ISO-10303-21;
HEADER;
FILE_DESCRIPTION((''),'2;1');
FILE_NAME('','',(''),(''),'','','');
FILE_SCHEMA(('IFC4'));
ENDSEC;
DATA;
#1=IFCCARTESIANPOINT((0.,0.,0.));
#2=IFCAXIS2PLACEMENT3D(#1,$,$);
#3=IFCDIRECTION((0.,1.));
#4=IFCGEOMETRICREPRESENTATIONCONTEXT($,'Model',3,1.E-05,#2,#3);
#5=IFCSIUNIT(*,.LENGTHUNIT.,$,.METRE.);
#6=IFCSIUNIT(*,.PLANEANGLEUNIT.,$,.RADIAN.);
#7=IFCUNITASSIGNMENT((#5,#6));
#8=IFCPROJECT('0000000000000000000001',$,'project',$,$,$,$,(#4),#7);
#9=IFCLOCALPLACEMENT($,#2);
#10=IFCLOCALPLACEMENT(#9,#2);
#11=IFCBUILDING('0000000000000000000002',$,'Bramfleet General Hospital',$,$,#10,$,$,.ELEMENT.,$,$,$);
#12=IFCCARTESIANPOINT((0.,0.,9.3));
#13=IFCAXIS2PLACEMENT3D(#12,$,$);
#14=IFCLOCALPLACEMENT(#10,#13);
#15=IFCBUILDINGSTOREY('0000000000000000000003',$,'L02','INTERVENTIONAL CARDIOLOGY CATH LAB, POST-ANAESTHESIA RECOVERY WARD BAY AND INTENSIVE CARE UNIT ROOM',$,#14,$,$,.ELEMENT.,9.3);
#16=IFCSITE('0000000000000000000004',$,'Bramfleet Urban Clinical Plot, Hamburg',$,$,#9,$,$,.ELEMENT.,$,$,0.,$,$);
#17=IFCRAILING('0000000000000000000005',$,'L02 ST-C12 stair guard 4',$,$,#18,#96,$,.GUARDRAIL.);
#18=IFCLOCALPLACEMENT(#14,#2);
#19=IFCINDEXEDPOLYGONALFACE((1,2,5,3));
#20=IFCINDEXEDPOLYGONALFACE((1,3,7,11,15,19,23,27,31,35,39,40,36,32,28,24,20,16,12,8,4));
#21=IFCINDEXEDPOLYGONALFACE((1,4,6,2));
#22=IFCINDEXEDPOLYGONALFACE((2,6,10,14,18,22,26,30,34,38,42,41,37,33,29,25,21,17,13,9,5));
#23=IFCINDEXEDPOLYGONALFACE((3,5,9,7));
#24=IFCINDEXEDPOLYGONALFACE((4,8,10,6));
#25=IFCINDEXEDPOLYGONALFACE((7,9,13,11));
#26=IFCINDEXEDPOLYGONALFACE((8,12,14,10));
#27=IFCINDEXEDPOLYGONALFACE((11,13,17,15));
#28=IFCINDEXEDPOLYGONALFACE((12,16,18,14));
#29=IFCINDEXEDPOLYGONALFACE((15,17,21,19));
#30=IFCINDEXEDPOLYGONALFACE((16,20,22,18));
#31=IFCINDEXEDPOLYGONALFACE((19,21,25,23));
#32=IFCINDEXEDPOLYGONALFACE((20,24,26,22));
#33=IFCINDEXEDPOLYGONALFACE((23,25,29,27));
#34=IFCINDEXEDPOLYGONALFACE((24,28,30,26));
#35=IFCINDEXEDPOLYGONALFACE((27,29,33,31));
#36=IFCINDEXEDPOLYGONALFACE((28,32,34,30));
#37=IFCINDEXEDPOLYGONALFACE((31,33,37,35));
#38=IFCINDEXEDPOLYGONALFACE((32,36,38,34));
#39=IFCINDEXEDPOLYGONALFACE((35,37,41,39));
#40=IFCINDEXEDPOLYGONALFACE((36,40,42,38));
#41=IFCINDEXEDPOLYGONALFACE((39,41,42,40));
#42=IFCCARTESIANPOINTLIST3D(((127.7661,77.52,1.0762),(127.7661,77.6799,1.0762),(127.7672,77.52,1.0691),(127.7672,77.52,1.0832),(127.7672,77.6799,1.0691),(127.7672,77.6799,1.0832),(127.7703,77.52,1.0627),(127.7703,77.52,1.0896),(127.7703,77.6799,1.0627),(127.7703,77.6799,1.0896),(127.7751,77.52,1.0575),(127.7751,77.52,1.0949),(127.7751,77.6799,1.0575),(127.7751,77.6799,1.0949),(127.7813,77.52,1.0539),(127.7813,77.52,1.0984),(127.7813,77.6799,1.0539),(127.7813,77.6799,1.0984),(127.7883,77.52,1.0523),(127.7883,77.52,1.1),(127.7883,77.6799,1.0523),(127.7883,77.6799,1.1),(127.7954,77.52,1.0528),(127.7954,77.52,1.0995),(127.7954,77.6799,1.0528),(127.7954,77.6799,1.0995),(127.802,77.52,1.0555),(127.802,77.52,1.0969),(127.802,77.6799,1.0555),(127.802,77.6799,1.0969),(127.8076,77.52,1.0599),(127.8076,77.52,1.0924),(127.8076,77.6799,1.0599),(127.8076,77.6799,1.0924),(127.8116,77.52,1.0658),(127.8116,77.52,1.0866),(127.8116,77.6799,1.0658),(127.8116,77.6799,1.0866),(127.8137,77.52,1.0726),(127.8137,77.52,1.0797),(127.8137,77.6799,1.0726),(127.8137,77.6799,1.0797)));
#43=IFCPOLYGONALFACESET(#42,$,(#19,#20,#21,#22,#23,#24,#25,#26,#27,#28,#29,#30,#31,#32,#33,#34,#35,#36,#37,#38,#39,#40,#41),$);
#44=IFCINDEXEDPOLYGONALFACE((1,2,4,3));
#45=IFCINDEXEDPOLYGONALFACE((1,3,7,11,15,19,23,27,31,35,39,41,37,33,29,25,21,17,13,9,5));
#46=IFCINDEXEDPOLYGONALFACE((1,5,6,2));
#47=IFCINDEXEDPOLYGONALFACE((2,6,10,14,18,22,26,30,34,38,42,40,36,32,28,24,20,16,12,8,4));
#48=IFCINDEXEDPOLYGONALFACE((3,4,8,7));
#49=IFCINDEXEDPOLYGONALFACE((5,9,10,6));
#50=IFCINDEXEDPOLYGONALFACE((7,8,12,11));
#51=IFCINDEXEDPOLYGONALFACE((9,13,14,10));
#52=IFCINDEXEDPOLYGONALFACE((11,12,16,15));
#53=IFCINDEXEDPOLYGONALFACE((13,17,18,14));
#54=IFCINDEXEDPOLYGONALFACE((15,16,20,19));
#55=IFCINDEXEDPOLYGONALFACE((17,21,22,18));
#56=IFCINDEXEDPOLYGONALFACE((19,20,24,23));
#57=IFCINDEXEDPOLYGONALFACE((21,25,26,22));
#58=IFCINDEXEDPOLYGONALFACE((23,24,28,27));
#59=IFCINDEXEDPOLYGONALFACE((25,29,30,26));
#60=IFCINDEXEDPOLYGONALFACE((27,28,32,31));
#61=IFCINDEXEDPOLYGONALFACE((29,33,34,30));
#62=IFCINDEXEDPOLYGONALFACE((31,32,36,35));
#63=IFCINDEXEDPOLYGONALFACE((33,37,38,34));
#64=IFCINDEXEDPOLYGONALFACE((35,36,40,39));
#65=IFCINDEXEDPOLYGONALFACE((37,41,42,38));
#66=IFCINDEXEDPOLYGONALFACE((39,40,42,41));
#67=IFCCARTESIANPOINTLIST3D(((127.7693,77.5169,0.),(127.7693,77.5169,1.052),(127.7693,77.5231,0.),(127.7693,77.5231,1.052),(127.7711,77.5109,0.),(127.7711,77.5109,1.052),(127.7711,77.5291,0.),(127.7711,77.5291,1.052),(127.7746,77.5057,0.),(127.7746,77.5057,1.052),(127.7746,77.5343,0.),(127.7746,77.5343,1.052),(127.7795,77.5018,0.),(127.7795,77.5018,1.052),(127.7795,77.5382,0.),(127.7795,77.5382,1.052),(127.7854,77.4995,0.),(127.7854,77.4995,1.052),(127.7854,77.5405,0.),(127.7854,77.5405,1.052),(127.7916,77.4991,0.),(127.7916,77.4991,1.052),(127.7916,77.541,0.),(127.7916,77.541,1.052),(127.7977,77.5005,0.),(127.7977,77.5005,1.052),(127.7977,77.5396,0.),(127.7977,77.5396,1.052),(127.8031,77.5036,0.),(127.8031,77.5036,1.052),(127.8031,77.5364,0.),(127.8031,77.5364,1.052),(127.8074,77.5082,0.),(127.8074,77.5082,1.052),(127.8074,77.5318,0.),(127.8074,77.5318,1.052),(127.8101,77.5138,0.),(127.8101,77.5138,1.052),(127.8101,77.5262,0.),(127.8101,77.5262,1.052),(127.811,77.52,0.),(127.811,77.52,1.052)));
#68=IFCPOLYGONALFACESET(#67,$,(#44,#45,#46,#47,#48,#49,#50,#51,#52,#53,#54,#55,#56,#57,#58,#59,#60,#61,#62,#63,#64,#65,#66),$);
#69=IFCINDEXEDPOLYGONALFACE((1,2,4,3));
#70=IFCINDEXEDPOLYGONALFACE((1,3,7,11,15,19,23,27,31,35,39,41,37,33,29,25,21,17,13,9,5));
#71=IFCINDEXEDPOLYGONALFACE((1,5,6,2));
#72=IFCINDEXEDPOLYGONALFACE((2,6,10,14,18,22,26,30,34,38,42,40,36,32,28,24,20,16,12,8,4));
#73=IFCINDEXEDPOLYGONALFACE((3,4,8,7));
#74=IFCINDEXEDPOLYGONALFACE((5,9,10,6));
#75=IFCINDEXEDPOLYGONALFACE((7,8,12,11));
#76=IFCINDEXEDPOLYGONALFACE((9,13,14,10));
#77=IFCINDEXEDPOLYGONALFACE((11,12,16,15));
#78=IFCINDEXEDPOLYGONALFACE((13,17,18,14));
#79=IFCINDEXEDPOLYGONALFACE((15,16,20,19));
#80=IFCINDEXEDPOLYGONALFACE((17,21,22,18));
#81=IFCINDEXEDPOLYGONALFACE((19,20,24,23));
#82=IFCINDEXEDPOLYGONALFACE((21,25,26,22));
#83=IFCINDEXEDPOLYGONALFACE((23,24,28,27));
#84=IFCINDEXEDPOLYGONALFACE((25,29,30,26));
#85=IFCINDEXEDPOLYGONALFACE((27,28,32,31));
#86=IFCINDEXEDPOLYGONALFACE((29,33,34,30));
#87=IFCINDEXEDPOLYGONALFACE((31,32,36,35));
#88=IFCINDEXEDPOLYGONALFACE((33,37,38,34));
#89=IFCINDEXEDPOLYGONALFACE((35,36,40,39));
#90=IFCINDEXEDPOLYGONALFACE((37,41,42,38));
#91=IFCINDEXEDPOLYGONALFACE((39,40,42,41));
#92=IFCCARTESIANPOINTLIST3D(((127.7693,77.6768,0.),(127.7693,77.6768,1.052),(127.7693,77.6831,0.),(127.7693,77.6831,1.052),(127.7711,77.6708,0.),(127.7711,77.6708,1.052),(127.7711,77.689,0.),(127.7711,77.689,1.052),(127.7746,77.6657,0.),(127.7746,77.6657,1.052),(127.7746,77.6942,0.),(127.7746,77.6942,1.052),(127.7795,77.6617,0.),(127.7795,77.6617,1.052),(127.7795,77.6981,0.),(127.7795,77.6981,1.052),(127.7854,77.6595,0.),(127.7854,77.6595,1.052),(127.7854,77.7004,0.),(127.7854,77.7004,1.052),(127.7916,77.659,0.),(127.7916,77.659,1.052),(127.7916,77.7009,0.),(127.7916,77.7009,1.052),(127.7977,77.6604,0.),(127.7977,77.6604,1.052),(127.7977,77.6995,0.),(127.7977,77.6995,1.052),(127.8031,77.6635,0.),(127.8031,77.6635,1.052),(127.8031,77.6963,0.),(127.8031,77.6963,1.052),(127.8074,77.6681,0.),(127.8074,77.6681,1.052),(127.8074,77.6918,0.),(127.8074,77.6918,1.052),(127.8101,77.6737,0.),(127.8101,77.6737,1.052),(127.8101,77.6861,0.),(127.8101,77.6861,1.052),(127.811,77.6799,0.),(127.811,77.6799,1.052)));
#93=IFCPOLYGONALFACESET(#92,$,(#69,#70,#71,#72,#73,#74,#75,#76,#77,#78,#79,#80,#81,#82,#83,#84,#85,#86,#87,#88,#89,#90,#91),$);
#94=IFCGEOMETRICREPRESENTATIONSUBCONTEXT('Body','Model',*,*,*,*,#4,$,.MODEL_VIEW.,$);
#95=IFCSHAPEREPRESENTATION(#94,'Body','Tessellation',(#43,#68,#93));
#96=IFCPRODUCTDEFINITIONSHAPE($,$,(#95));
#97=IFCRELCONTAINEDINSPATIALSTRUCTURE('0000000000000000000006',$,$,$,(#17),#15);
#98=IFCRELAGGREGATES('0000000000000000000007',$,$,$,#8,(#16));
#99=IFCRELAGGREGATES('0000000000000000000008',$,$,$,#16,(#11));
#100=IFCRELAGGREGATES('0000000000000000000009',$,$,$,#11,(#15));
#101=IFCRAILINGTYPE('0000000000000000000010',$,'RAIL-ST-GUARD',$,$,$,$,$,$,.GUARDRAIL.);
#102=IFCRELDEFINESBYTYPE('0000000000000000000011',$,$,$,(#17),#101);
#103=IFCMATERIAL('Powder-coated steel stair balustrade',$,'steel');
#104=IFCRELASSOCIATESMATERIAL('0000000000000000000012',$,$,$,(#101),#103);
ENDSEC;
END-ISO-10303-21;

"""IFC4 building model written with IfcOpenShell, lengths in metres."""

from ifc_helpers import new_model, si_unit, direction, frame, origin, origin_2d, place, context, subcontext, project, spatial, circle, extrude, material, type_object, element, save


model = new_model("IFC4")

# Units and contexts
model_context = context("Model", 3, precision=1e-05, world=origin(), true_north=direction((0.0, 1.0)))
body_context = subcontext(model_context, "Body", "Model", "MODEL_VIEW")
ifc_project = project(units=[si_unit("LENGTHUNIT", "METRE"), si_unit("PLANEANGLEUNIT", "RADIAN")], contexts=[model_context])

# Site, building, storey
site_placement = place(None, origin())
site = spatial("IfcSite", under=ifc_project, at=site_placement, Name="Bramfleet Urban Clinical Plot, Hamburg", CompositionType="ELEMENT", RefElevation=0.0)
building_placement = place(site_placement, origin())
building = spatial("IfcBuilding", under=site, at=building_placement, Name="Bramfleet General Hospital", CompositionType="ELEMENT")
storey_placement = place(building_placement, frame((0.0, 0.0, 9.3)))
storey = spatial("IfcBuildingStorey", under=building, at=storey_placement, Name="L02", Description="INTERVENTIONAL CARDIOLOGY CATH LAB, POST-ANAESTHESIA RECOVERY WARD BAY AND INTENSIVE CARE UNIT ROOM", CompositionType="ELEMENT", Elevation=9.3)

# Railing
ifc_material_1 = material(Name="Powder-coated steel stair balustrade", Category="steel")
railing_type_1 = type_object("IfcRailingType", Name="RAIL-ST-GUARD", PredefinedType="GUARDRAIL", material=ifc_material_1)
railing_1_placement = place(storey_placement, frame((127.79, 77.52, 0.0)))
element("IfcRailing", 1, at=railing_1_placement, inside=storey, type_object=railing_type_1, Name="L02 ST-C12 stair guard 4", PredefinedType="GUARDRAIL", context=body_context, shape_type="SweptSolid", body=[
    extrude(circle(Radius=0.0239, at=origin_2d()), frame((0.0, 0.0, 1.0762), z_axis=(0.0, 1.0, 0.0), x_axis=(-1.0, 0.0, 0.0)), (0.0, 0.0, 1.0), 0.1599),
    extrude(circle(Radius=0.021, at=origin_2d()), origin(), (0.0, 0.0, 1.0), 1.052),
    extrude(circle(Radius=0.021, at=origin_2d()), frame((0.0, 0.1599, 0.0)), (0.0, 0.0, 1.0), 1.052),
])

save(model, "model.ifc")
